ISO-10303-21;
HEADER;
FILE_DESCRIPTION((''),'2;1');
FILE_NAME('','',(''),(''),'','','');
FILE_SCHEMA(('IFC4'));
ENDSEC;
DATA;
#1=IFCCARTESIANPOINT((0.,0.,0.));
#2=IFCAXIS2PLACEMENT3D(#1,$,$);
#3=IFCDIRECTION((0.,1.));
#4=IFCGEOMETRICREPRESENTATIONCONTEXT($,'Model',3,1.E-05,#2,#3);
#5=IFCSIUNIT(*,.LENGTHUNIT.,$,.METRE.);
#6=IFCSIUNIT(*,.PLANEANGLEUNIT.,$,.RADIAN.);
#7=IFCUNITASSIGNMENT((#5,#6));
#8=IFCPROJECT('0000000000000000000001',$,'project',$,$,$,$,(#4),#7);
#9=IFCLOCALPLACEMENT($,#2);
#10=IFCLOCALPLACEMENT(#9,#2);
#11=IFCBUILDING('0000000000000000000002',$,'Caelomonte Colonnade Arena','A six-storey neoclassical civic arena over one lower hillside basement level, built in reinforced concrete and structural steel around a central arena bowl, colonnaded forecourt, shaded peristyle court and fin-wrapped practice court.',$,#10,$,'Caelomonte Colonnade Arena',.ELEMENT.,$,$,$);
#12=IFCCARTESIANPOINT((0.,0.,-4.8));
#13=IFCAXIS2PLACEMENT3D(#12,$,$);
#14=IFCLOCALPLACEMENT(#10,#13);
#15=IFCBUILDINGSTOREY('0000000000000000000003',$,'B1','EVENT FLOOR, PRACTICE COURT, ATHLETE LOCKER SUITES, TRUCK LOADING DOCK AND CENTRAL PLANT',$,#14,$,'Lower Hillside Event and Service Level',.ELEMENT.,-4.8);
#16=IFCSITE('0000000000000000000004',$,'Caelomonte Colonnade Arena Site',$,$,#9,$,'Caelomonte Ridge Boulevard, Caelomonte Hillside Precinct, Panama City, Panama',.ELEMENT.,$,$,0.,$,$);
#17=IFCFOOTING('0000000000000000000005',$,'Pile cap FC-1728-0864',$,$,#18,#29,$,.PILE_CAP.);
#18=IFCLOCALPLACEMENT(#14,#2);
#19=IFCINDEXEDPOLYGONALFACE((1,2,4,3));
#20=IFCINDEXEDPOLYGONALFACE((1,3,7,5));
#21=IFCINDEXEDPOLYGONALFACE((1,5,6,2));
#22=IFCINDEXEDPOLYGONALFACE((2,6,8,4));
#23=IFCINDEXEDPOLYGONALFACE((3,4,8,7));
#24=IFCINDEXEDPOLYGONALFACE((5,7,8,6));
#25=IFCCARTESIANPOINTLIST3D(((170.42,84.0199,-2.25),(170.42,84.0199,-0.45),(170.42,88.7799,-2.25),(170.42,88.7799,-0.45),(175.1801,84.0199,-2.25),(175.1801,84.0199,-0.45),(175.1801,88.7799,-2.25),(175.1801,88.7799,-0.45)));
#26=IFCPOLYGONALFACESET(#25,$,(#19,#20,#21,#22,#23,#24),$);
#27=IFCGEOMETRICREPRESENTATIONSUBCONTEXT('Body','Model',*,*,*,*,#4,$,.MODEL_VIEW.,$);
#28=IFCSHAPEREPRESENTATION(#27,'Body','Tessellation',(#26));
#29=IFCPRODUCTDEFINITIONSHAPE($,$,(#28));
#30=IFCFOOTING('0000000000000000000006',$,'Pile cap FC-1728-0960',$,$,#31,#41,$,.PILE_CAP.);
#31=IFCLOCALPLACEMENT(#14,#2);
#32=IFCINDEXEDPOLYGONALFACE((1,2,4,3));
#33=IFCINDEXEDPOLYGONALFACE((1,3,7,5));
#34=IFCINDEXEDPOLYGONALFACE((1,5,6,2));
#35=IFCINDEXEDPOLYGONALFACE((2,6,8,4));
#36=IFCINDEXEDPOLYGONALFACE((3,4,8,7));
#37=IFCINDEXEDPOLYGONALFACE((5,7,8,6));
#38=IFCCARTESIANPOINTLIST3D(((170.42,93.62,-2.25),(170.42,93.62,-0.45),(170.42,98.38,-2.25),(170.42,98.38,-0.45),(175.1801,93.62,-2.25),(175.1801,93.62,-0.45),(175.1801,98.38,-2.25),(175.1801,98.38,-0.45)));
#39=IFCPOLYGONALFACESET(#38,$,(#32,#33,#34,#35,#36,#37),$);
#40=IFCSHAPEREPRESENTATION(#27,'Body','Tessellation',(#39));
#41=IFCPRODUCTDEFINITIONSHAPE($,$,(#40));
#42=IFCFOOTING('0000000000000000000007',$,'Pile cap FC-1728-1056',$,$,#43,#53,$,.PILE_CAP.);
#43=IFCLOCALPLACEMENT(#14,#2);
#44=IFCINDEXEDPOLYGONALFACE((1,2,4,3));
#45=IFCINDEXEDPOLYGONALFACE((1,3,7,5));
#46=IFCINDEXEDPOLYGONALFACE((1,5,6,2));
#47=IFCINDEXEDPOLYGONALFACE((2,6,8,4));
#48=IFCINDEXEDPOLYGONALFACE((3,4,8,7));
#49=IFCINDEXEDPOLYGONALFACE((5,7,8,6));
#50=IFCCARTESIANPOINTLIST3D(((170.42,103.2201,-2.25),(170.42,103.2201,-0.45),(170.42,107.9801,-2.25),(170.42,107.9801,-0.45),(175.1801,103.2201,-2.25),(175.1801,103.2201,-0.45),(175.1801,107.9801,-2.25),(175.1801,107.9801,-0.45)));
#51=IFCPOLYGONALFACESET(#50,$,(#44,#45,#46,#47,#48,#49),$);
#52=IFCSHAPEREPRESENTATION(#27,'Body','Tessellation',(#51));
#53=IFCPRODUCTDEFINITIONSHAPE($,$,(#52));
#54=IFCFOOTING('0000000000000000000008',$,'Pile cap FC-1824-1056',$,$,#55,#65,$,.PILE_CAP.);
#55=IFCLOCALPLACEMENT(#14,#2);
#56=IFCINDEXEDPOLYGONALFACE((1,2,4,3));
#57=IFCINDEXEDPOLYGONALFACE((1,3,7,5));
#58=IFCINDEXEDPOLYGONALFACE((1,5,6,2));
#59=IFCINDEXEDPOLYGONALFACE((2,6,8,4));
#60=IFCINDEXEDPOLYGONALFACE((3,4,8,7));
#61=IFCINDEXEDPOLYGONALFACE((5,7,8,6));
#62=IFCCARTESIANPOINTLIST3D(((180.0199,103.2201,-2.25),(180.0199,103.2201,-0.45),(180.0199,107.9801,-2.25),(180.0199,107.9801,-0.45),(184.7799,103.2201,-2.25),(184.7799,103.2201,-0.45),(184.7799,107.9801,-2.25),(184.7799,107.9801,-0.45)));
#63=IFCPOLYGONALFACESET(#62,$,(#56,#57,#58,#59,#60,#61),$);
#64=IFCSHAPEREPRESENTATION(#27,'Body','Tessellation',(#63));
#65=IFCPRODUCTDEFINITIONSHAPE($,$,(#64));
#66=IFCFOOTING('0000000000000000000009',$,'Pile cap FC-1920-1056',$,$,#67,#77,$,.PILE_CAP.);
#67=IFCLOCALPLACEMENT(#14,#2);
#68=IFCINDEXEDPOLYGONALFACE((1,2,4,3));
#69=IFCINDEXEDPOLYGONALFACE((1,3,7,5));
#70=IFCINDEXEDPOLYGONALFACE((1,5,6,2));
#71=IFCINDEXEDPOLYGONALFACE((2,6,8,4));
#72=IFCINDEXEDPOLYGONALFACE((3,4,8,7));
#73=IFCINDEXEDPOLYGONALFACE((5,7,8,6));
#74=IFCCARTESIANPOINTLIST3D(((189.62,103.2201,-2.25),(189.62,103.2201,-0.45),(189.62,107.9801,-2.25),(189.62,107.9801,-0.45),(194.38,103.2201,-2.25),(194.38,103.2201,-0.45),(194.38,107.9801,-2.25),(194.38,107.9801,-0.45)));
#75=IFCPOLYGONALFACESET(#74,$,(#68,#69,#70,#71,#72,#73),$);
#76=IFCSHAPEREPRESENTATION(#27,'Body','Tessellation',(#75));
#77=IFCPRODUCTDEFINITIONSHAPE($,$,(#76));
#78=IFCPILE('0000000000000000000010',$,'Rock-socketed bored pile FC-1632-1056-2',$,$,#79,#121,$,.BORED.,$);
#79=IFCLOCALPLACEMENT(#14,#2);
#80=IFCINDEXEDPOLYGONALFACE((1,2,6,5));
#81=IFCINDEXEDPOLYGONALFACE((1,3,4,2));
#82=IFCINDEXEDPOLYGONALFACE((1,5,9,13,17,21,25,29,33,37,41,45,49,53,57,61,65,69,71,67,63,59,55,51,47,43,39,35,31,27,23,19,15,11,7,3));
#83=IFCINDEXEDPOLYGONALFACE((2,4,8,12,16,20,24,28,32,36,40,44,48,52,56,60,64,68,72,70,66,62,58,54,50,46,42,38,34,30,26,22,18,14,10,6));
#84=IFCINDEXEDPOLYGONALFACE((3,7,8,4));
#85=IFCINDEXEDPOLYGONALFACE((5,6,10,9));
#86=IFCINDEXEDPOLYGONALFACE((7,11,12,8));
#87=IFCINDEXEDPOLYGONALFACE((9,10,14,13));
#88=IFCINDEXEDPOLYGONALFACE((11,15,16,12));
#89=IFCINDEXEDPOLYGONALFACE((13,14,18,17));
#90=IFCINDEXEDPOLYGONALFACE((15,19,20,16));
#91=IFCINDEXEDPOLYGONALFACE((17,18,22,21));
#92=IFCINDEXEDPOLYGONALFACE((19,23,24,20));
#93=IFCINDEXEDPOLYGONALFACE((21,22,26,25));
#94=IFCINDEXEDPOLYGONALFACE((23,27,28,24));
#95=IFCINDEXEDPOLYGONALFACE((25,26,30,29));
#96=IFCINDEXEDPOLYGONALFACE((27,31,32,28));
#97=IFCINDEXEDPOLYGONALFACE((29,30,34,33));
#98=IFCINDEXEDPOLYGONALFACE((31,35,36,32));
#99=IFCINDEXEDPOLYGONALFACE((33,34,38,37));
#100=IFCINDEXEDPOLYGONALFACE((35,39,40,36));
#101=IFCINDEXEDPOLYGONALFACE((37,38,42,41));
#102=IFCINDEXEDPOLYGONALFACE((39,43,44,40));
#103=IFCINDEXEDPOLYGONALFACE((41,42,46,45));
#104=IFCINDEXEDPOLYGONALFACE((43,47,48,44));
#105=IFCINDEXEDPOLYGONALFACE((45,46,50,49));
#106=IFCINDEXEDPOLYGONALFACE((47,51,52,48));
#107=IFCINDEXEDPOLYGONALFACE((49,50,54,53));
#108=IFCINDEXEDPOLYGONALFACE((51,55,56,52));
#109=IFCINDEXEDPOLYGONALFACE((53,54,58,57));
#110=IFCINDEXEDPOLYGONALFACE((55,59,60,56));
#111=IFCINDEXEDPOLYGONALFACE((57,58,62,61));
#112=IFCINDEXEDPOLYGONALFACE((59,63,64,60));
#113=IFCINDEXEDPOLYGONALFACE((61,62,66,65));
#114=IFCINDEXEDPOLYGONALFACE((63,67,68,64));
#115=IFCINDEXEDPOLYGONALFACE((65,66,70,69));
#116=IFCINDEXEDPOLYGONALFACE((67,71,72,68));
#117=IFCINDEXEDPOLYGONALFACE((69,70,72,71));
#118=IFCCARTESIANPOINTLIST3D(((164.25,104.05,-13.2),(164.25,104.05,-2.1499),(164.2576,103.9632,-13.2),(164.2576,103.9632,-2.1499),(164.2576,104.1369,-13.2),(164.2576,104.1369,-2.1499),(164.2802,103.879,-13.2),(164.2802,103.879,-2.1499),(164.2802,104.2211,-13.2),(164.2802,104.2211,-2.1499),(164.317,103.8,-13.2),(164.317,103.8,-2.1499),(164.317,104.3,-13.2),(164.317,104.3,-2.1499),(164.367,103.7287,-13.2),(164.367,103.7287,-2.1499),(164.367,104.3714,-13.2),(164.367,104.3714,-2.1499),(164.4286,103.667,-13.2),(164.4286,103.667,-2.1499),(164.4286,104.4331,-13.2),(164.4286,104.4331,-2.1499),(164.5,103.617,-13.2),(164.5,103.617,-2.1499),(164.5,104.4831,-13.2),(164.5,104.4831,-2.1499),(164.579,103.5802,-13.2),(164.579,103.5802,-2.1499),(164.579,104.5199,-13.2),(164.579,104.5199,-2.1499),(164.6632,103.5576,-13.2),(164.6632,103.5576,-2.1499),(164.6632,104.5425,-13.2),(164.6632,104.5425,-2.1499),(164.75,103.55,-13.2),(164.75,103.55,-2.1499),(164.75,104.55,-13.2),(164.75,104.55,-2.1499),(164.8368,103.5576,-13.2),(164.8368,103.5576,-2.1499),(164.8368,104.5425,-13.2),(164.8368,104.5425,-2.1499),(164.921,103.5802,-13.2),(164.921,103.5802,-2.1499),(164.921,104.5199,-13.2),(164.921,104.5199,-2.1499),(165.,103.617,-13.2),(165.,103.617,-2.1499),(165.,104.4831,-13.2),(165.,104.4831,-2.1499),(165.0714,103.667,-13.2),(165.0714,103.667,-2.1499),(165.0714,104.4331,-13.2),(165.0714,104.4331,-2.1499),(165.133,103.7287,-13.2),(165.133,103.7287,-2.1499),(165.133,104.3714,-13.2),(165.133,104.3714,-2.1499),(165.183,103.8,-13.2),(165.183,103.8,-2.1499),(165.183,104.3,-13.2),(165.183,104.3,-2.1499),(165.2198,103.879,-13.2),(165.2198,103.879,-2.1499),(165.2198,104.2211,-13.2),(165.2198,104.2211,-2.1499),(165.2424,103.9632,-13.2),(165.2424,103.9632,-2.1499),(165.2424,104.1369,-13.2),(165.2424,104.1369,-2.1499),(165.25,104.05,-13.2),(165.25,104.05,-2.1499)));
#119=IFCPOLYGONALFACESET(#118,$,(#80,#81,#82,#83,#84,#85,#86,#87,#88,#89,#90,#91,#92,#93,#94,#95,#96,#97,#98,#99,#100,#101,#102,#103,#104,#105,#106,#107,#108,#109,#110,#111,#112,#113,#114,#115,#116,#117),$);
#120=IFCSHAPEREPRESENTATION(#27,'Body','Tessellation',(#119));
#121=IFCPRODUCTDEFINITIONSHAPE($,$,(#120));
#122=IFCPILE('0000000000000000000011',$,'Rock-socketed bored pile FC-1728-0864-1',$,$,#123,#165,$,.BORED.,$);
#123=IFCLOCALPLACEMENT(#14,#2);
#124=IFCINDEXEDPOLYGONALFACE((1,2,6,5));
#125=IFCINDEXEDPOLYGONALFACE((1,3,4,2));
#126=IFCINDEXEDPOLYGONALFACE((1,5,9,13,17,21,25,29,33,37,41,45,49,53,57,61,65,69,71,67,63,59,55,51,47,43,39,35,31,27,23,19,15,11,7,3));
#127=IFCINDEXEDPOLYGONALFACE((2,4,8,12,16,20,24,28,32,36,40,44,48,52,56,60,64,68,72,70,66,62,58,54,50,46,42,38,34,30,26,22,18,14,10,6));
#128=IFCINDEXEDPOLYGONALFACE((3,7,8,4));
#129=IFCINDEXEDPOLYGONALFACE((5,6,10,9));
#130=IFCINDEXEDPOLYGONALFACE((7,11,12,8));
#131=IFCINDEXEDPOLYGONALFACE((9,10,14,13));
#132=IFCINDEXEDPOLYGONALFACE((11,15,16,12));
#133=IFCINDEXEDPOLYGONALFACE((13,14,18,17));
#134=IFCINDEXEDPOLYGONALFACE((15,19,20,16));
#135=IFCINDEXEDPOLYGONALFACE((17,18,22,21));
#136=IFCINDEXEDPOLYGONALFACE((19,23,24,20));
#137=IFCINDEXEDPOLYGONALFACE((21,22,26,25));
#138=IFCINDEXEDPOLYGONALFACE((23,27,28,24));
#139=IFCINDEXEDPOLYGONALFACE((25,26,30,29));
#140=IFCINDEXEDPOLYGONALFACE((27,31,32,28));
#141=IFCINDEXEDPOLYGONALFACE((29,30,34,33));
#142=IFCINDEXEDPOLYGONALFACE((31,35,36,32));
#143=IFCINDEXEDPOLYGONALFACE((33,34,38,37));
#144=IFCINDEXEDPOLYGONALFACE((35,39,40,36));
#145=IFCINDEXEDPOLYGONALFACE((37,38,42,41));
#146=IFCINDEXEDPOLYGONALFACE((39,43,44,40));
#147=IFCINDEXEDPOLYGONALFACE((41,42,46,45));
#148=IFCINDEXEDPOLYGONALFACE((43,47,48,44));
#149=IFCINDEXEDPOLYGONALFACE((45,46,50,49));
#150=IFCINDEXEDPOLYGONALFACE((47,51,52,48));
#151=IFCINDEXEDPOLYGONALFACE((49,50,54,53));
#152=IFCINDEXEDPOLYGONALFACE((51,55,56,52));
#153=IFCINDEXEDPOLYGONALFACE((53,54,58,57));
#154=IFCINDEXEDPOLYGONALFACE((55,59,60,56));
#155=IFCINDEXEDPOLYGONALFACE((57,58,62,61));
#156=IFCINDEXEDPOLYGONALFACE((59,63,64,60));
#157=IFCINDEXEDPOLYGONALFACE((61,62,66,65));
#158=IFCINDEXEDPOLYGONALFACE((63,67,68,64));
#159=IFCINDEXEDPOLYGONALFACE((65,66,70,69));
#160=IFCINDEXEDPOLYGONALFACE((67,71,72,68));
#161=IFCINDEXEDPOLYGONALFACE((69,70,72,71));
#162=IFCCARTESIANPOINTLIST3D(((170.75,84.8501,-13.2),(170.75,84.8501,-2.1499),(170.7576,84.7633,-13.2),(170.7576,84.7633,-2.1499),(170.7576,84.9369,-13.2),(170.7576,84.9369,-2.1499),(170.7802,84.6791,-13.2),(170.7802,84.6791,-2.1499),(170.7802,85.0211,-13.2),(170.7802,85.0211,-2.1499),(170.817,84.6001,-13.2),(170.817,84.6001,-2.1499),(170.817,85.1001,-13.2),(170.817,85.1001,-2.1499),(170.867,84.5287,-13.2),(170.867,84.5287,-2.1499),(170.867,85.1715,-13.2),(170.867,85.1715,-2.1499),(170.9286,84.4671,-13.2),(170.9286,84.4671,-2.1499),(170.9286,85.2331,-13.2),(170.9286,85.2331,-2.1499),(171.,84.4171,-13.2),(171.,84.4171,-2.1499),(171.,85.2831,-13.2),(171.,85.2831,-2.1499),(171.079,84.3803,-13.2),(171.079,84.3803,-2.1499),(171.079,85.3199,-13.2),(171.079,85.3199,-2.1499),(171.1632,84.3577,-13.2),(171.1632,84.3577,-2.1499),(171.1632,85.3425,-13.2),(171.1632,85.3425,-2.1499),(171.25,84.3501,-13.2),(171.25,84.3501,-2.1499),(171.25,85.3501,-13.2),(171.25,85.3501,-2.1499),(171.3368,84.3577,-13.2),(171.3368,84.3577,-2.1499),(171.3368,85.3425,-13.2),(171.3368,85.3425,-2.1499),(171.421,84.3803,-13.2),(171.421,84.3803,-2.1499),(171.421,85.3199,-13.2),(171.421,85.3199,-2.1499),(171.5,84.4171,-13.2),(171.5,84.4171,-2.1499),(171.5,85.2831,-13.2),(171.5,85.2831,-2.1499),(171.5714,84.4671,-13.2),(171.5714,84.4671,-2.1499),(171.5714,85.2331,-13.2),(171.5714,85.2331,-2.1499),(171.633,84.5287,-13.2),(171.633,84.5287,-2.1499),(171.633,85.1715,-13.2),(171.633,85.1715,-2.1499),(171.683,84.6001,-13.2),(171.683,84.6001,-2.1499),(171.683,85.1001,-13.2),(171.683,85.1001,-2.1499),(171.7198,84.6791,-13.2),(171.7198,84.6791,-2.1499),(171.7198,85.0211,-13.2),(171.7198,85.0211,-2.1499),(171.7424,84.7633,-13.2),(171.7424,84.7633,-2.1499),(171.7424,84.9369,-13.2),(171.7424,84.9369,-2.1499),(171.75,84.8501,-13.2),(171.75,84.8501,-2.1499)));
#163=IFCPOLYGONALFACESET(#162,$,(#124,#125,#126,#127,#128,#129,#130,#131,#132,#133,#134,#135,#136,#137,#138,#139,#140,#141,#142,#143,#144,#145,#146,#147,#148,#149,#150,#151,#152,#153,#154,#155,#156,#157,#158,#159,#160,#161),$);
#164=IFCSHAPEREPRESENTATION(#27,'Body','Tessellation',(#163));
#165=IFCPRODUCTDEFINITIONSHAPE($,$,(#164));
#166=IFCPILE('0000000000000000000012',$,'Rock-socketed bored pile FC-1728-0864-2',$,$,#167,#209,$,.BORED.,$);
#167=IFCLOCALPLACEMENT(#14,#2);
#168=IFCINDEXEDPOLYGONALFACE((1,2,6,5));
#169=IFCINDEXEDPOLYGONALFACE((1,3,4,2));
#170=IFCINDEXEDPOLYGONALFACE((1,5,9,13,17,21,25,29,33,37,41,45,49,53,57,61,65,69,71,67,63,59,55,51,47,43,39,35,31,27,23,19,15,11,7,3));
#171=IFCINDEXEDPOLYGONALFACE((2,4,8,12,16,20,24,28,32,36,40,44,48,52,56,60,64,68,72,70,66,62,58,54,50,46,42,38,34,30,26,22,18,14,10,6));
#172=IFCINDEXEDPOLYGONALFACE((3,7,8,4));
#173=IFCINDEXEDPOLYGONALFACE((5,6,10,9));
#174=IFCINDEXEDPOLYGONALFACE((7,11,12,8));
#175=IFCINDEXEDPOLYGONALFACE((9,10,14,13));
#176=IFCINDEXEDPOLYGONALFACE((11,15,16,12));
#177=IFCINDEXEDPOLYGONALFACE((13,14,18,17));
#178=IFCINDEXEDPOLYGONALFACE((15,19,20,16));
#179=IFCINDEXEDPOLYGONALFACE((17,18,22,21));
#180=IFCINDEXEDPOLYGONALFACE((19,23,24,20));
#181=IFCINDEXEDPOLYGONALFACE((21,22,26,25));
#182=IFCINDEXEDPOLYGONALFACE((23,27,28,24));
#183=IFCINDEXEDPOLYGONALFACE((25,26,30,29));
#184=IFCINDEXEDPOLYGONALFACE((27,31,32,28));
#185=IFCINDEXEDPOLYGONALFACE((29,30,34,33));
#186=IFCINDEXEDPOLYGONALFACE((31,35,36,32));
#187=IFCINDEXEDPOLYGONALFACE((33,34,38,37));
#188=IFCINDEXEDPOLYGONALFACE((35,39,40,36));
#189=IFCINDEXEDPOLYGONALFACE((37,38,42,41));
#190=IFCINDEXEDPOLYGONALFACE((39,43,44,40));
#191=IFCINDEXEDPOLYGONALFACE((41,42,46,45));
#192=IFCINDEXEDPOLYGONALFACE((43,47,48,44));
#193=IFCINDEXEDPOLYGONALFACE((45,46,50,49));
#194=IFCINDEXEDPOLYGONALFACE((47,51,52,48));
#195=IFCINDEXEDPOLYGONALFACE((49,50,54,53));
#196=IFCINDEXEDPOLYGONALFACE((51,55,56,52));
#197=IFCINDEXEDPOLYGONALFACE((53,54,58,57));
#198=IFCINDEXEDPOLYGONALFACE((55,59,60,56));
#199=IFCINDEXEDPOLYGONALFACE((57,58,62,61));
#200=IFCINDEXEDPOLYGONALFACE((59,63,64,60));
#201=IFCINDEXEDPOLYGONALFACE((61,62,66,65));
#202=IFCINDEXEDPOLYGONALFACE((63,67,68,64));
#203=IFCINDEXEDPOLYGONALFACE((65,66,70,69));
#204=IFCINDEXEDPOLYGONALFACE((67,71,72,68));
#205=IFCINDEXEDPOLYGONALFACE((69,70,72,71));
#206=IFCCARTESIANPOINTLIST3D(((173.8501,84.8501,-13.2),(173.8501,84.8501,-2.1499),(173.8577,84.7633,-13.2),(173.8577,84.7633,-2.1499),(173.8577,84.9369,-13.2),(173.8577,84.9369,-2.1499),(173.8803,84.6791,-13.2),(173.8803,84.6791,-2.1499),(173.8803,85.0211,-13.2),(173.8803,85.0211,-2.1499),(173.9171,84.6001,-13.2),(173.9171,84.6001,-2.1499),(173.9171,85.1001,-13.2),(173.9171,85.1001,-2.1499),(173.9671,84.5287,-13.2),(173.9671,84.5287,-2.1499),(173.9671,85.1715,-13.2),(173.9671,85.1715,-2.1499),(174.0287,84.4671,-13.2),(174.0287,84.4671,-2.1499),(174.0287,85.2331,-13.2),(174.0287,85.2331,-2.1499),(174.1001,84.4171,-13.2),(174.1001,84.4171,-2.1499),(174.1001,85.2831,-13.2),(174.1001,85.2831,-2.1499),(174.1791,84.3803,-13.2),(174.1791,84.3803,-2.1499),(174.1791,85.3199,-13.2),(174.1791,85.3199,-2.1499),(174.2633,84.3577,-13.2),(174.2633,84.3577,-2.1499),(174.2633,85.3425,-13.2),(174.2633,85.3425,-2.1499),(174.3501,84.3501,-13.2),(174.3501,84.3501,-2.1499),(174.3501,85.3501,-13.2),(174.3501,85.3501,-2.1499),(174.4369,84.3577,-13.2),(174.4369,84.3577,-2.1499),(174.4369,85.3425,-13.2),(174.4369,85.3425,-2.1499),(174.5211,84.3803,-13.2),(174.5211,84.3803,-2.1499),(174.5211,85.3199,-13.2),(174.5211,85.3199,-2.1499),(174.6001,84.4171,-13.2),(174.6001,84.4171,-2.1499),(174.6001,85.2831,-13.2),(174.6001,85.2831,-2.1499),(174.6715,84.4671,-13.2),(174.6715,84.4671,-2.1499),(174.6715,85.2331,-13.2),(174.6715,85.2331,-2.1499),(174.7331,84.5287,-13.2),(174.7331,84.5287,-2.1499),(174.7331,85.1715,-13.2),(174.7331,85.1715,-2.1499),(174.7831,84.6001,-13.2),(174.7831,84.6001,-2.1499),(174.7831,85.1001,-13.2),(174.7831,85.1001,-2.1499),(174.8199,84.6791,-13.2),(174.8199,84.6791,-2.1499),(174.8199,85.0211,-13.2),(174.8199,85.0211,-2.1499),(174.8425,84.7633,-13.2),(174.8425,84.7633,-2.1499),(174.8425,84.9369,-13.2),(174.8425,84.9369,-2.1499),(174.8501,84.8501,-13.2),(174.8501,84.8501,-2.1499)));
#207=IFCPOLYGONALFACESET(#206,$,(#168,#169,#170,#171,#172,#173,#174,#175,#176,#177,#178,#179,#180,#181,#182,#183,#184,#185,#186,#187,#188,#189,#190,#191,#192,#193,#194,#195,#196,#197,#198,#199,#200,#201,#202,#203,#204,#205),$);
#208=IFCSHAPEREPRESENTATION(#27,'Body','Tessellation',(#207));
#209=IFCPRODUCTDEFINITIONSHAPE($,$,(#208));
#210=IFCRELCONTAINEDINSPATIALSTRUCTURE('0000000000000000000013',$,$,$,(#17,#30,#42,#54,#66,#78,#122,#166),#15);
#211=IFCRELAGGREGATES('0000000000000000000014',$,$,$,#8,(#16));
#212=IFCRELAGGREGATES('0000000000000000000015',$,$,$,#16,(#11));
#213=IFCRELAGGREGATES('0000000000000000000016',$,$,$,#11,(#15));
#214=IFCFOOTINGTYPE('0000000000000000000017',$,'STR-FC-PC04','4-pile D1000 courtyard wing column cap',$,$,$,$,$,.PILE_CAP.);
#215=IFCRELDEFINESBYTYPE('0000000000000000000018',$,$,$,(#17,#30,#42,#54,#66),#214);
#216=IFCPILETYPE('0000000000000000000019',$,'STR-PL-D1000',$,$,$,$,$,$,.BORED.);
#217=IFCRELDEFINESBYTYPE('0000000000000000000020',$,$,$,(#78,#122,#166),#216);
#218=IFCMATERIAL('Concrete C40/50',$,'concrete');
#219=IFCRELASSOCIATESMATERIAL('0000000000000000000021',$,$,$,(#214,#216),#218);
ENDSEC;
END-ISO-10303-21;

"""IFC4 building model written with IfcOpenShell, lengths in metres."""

from ifc_helpers import new_model, si_unit, direction, frame, origin, origin_2d, place, context, subcontext, project, spatial, rectangle, circle, extrude, material, material_profile, profile_set, type_object, element, save


model = new_model("IFC4")

# Units and contexts
model_context = context("Model", 3, precision=1e-05, world=origin(), true_north=direction((0.0, 1.0)))
body_context = subcontext(model_context, "Body", "Model", "MODEL_VIEW")
ifc_project = project(units=[si_unit("LENGTHUNIT", "METRE"), si_unit("PLANEANGLEUNIT", "RADIAN")], contexts=[model_context])

# Site, building, storey
site_placement = place(None, origin())
site = spatial("IfcSite", under=ifc_project, at=site_placement, Name="Caelomonte Colonnade Arena Site", LongName="Caelomonte Ridge Boulevard, Caelomonte Hillside Precinct, Panama City, Panama", CompositionType="ELEMENT", RefElevation=0.0)
building_placement = place(site_placement, origin())
building = spatial("IfcBuilding", under=site, at=building_placement, Name="Caelomonte Colonnade Arena", Description="A six-storey neoclassical civic arena over one lower hillside basement level, built in reinforced concrete and structural steel around a central arena bowl, colonnaded forecourt, shaded peristyle court and fin-wrapped practice court.", LongName="Caelomonte Colonnade Arena", CompositionType="ELEMENT")
storey_placement = place(building_placement, frame((0.0, 0.0, -4.8)))
storey = spatial("IfcBuildingStorey", under=building, at=storey_placement, Name="B1", Description="EVENT FLOOR, PRACTICE COURT, ATHLETE LOCKER SUITES, TRUCK LOADING DOCK AND CENTRAL PLANT", LongName="Lower Hillside Event and Service Level", CompositionType="ELEMENT", Elevation=-4.8)

# Footings
ifc_material_1 = material(Name="Concrete C40/50", Category="concrete")
footing_type = type_object("IfcFootingType", Name="STR-FC-PC04", Description="4-pile D1000 courtyard wing column cap", PredefinedType="PILE_CAP", material=ifc_material_1)
for number, where, z_axis, x_axis, name in (
    (1, (172.8, 86.3999, -2.25), (0.0, 0.0, 1.0), (1.0, 0.0, 0.0), "Pile cap FC-1728-0864"),
    (2, (172.8, 96.0, -2.25), (0.0, 0.0, 1.0), (1.0, 0.0, 0.0), "Pile cap FC-1728-0960"),
    (3, (172.8, 105.6001, -2.25), (0.0, 0.0, 1.0), (1.0, 0.0, 0.0), "Pile cap FC-1728-1056"),
    (4, (182.3999, 105.6001, -2.25), (0.0, 0.0, 1.0), (1.0, 0.0, 0.0), "Pile cap FC-1824-1056"),
    (5, (192.0, 105.6001, -2.25), (0.0, 0.0, 1.0), (1.0, 0.0, 0.0), "Pile cap FC-1920-1056"),
):
    element("IfcFooting", number, at=place(storey_placement, frame(where, z_axis=z_axis, x_axis=x_axis)), inside=storey, type_object=footing_type, Name=name, PredefinedType="PILE_CAP", context=body_context, shape_type="SweptSolid", body=[
        extrude(rectangle(XDim=4.76, YDim=4.76, at=origin_2d()), origin(), (0.0, 0.0, 1.0), 1.8),
    ])

# Piles
ifc_material_profile_1 = material_profile(ifc_material_1, circle(Radius=0.5, at=origin_2d()), Name="PILE-D1000")
ifc_profile_set_1 = profile_set([ifc_material_profile_1], Name="Concrete C40/50")
pile_type_1 = type_object("IfcPileType", Name="STR-PL-D1000", PredefinedType="BORED", material=ifc_profile_set_1)
for number, where, z_axis, x_axis, name in (
    (6, (164.75, 104.05, -2.1499), (0.0, 0.0, -1.0), (1.0, 0.0, 0.0), "Rock-socketed bored pile FC-1632-1056-2"),
    (7, (171.25, 84.8501, -2.1499), (0.0, 0.0, -1.0), (1.0, 0.0, 0.0), "Rock-socketed bored pile FC-1728-0864-1"),
    (8, (174.3501, 84.8501, -2.1499), (0.0, 0.0, -1.0), (1.0, 0.0, 0.0), "Rock-socketed bored pile FC-1728-0864-2"),
):
    element("IfcPile", number, at=place(storey_placement, frame(where, z_axis=z_axis, x_axis=x_axis)), inside=storey, type_object=pile_type_1, Name=name, PredefinedType="BORED", context=body_context, shape_type="SweptSolid", body=[
        extrude(circle(Radius=0.5, at=origin_2d()), origin(), (0.0, 0.0, 1.0), 11.05),
    ])

save(model, "model.ifc")
